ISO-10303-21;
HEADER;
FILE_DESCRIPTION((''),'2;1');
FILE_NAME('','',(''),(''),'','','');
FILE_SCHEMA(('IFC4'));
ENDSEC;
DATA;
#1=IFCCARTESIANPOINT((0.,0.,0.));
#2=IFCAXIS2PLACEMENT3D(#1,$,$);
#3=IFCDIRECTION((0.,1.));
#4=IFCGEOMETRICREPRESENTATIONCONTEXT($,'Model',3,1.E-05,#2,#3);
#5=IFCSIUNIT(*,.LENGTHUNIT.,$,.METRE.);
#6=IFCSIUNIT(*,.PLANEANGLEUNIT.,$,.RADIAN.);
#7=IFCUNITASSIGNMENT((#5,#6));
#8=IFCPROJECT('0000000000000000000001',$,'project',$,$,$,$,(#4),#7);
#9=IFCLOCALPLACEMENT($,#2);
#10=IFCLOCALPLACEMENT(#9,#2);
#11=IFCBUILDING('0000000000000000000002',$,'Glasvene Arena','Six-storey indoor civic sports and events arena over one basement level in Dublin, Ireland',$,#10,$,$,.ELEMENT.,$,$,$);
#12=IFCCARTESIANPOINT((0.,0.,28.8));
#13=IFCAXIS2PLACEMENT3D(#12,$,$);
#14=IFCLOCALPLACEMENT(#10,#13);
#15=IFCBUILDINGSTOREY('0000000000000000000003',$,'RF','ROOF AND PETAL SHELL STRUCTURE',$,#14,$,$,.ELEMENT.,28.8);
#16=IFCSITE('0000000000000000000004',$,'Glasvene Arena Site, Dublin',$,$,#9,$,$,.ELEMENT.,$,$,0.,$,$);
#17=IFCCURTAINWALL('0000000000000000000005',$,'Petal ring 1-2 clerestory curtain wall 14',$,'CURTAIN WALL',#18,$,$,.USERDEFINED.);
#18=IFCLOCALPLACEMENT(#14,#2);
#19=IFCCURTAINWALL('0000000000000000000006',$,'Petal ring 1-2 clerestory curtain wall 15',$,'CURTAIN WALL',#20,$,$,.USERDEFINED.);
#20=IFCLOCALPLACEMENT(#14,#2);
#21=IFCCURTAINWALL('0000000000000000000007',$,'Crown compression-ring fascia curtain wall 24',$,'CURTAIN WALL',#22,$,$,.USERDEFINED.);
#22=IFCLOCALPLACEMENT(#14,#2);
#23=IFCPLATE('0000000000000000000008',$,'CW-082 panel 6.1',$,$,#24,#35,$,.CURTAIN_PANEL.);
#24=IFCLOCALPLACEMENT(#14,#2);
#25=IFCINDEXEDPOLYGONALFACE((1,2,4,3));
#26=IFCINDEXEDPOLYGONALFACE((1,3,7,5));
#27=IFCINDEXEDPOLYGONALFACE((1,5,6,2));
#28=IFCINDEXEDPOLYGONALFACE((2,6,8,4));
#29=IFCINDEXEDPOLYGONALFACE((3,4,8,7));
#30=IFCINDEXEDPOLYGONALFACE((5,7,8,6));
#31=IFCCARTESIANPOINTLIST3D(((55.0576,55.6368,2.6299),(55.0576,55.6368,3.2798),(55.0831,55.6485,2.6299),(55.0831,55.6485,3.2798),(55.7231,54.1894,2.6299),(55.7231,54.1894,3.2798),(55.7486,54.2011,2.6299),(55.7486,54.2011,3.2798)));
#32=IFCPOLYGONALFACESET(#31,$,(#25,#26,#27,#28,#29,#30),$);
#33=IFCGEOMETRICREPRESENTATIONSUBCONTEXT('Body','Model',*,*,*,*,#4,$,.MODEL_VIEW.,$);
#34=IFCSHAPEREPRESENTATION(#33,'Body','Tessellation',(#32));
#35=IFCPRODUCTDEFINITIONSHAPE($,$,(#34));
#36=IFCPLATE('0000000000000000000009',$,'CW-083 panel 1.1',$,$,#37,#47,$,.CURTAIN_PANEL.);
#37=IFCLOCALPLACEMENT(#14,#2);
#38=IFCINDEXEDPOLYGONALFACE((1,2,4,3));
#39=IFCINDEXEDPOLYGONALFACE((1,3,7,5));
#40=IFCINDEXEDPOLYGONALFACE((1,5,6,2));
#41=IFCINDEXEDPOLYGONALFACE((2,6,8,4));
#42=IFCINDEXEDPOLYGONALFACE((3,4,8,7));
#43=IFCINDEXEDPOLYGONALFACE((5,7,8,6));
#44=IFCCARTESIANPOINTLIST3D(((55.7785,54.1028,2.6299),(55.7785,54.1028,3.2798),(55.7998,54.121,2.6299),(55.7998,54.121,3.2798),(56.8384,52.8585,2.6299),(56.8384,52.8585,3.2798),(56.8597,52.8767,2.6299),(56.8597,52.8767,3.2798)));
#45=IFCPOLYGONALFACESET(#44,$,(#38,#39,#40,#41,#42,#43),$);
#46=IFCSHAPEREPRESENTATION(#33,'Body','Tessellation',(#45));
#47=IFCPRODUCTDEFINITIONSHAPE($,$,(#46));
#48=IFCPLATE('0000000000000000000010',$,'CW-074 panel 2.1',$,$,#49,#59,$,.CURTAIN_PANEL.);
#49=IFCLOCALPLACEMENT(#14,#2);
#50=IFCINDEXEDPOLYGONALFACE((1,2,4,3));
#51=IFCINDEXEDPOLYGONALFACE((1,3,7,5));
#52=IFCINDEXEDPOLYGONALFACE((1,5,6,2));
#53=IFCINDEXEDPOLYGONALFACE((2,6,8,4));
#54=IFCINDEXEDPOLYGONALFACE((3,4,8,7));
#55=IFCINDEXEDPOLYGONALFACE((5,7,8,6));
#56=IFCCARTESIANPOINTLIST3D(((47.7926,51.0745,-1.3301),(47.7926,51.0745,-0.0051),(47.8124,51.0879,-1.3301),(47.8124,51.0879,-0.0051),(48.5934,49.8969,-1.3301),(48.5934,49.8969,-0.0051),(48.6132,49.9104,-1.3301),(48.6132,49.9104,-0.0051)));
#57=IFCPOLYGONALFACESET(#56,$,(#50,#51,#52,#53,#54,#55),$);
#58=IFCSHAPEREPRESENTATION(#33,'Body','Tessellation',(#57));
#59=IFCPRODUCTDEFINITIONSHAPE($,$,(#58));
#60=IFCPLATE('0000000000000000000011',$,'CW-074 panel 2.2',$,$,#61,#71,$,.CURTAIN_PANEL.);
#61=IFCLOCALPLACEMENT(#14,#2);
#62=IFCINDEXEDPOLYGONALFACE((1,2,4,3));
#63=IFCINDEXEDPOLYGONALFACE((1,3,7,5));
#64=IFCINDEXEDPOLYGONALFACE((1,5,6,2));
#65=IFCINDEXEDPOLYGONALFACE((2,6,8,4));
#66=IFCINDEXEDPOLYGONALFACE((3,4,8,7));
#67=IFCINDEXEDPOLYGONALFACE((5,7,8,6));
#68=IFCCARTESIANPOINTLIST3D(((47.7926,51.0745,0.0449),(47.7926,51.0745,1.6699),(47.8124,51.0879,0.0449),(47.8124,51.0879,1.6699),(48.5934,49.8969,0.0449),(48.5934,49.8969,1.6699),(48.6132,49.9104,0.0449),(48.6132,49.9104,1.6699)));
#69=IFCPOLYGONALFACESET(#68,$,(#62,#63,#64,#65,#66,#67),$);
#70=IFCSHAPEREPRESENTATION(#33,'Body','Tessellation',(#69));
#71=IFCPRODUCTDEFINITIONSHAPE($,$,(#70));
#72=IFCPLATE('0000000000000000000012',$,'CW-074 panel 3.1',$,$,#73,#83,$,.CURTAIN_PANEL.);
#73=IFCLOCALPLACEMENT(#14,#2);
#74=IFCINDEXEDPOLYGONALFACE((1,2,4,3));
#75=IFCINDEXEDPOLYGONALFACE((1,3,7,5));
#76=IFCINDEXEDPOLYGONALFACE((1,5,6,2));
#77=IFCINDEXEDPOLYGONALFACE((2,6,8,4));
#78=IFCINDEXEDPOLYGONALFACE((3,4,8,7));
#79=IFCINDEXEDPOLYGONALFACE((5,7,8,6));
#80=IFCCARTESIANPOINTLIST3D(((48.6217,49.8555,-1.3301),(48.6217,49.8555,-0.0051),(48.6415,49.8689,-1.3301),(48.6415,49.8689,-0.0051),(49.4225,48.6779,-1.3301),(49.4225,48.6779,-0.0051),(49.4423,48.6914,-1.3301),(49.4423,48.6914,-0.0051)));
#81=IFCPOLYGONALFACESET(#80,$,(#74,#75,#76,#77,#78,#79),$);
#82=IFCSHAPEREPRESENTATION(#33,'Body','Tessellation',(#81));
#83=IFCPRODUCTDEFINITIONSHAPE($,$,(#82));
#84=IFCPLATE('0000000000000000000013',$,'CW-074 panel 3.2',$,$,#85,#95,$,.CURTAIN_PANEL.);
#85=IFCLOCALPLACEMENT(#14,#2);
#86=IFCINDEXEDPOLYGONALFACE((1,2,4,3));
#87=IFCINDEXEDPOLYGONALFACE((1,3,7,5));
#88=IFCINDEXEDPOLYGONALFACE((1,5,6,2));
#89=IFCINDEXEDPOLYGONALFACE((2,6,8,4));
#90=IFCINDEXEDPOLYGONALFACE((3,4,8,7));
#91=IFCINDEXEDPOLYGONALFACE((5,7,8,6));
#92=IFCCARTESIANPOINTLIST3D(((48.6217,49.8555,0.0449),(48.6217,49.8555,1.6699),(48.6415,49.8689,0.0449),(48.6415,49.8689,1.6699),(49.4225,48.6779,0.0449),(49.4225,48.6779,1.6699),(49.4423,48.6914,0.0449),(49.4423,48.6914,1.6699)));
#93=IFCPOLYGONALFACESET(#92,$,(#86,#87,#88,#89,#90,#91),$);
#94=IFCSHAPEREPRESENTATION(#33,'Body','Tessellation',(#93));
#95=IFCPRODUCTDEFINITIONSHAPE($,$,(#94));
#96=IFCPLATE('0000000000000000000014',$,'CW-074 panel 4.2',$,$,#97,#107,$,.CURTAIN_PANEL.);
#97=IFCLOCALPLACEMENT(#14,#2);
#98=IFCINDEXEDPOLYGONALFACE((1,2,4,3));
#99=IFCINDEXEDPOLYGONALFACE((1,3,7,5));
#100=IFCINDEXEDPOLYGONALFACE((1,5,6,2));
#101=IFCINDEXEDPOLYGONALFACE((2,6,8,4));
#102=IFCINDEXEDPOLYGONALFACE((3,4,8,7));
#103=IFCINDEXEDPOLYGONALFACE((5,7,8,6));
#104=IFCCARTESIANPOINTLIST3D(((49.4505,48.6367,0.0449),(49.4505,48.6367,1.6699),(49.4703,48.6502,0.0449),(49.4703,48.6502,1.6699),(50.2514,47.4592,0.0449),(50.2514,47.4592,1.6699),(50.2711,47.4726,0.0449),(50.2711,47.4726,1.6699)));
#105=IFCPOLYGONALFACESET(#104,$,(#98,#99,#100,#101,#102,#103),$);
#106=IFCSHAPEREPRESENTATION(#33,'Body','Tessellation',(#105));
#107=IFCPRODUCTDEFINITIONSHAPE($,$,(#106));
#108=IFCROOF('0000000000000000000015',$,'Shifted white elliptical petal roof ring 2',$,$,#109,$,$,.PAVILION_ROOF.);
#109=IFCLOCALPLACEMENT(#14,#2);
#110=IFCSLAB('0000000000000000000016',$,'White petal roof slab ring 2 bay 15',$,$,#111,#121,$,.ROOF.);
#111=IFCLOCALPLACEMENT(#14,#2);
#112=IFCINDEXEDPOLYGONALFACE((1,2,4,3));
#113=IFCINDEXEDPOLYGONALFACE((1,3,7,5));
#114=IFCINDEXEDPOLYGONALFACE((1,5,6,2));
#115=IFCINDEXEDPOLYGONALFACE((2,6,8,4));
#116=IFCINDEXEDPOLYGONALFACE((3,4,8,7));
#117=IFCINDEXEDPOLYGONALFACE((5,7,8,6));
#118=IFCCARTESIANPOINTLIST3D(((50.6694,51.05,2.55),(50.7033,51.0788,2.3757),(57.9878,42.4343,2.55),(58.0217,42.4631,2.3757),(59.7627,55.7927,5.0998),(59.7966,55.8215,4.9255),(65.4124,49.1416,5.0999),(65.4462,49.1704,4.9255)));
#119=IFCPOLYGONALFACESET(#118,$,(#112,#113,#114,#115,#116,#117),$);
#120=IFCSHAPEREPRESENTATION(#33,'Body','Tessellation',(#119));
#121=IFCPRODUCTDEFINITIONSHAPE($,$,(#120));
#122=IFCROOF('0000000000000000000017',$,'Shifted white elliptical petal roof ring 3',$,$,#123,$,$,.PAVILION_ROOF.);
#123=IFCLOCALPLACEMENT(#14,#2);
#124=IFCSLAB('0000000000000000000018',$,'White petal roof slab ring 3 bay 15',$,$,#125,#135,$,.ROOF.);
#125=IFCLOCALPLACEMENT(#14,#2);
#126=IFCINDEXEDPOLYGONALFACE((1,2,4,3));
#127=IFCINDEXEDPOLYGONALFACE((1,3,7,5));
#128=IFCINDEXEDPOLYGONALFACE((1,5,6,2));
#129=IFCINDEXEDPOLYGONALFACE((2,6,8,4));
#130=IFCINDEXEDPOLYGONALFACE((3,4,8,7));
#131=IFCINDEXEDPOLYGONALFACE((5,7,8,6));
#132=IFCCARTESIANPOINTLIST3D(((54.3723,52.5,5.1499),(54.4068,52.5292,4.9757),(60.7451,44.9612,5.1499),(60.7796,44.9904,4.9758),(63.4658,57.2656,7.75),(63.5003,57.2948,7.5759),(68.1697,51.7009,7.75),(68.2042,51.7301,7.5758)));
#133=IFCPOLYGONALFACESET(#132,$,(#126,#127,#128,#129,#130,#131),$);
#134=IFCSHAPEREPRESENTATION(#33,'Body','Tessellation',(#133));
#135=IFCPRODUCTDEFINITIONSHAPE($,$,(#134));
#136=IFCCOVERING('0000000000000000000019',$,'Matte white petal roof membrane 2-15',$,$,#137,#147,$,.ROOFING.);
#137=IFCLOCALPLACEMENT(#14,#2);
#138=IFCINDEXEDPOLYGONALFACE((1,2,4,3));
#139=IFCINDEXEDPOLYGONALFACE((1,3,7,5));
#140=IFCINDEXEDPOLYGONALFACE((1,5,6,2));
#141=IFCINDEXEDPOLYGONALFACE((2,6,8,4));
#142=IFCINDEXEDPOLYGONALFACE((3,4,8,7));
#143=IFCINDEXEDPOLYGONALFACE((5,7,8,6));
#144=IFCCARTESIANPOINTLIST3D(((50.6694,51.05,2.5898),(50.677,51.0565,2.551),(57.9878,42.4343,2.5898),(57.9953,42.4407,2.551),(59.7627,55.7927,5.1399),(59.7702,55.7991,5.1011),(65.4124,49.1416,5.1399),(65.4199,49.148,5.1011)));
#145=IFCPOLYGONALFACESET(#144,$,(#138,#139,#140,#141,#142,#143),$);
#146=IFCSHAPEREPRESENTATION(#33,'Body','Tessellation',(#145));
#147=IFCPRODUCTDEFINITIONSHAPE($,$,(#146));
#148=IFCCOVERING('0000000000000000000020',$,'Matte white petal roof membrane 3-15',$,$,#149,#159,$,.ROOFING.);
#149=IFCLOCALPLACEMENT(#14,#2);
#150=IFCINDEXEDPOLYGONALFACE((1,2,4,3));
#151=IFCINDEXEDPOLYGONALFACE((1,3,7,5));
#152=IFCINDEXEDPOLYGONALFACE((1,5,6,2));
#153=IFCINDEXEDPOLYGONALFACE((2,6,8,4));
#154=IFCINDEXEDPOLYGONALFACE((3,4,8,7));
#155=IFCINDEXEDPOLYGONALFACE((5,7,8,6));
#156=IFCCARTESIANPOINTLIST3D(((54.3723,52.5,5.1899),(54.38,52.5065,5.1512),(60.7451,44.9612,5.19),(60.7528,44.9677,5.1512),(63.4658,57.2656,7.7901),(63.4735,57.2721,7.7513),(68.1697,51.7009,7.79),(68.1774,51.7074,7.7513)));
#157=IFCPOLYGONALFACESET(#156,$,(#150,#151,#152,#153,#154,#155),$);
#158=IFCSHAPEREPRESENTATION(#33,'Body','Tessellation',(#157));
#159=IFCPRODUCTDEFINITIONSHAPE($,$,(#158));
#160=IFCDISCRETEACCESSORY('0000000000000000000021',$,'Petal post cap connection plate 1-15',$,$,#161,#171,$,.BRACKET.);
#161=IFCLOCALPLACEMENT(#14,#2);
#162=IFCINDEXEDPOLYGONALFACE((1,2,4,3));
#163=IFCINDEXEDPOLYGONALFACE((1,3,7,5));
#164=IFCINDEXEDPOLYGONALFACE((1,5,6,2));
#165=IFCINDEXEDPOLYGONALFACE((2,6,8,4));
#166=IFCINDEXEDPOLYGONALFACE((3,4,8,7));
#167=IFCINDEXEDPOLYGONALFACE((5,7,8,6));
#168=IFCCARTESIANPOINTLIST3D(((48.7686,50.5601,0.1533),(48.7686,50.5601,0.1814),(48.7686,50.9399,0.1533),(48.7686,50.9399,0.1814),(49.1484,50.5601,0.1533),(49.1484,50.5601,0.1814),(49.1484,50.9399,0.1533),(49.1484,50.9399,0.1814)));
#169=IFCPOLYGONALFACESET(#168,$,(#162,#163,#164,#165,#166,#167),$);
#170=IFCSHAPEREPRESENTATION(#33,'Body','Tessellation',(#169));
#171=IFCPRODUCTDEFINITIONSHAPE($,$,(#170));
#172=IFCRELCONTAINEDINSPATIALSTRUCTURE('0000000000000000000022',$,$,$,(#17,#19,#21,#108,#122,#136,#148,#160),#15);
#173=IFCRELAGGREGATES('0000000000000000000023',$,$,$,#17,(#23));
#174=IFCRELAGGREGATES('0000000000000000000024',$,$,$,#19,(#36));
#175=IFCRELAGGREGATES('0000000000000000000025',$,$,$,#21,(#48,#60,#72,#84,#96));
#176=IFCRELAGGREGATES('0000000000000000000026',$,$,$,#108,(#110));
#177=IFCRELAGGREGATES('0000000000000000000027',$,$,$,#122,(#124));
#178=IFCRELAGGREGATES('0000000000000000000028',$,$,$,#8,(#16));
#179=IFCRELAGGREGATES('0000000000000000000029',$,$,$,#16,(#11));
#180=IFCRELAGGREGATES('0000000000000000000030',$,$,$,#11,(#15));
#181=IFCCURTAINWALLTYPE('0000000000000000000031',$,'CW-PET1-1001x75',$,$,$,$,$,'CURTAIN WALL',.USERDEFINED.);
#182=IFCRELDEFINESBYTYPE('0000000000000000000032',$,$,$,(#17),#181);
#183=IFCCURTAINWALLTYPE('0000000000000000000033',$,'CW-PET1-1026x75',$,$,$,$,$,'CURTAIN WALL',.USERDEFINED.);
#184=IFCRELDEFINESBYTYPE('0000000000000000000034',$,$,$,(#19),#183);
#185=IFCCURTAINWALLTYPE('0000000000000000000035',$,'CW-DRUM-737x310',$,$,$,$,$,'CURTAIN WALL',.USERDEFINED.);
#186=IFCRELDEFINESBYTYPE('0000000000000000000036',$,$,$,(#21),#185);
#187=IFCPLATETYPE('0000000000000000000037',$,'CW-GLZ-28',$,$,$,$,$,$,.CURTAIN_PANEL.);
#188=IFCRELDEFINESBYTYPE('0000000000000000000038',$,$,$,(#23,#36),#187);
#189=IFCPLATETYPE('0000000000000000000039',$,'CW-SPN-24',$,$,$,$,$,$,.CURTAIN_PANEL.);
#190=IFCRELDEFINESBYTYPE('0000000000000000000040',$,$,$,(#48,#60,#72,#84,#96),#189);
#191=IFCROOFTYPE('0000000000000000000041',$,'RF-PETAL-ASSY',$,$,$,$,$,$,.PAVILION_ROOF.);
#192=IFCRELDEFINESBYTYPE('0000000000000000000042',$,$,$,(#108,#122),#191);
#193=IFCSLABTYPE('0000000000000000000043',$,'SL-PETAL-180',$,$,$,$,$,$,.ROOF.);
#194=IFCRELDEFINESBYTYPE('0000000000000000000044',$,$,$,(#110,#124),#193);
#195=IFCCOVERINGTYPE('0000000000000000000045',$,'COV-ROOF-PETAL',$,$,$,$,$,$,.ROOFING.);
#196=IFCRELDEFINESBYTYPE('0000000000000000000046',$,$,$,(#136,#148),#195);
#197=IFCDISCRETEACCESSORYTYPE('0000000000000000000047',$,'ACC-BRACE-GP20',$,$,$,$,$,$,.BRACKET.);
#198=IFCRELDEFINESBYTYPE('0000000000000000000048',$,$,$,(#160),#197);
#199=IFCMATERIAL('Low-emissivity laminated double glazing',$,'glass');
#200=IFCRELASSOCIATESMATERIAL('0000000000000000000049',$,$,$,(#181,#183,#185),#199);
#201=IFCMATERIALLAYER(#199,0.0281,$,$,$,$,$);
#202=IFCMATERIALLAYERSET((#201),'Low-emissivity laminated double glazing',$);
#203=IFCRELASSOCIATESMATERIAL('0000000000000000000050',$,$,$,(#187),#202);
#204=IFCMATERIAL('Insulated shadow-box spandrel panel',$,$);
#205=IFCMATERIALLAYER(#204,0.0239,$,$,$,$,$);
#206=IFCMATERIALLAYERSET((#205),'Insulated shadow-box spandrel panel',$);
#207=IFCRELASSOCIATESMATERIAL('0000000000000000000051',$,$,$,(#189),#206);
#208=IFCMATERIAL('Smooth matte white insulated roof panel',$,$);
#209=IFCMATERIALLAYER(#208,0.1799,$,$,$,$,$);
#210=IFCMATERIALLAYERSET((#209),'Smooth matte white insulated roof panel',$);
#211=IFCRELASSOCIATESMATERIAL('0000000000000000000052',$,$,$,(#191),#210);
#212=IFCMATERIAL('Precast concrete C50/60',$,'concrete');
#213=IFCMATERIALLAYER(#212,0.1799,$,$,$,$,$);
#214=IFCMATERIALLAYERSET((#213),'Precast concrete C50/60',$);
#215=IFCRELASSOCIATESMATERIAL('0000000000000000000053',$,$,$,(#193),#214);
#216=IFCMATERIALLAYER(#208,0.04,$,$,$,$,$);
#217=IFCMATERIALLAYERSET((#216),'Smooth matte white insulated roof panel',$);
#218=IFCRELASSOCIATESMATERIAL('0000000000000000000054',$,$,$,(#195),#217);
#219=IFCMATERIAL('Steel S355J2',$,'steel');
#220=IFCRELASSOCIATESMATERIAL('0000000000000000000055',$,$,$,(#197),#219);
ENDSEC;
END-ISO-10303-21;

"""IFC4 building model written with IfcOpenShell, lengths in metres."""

from ifc_helpers import new_model, si_unit, direction, frame, origin, origin_2d, place, context, subcontext, project, spatial, polyline, rectangle, outline, extrude, material, layer, layer_set, type_object, element, aggregate, save


model = new_model("IFC4")

# Units and contexts
model_context = context("Model", 3, precision=1e-05, world=origin(), true_north=direction((0.0, 1.0)))
body_context = subcontext(model_context, "Body", "Model", "MODEL_VIEW")
ifc_project = project(units=[si_unit("LENGTHUNIT", "METRE"), si_unit("PLANEANGLEUNIT", "RADIAN")], contexts=[model_context])

# Site, building, storey
site_placement = place(None, origin())
site = spatial("IfcSite", under=ifc_project, at=site_placement, Name="Glasvene Arena Site, Dublin", CompositionType="ELEMENT", RefElevation=0.0)
building_placement = place(site_placement, origin())
building = spatial("IfcBuilding", under=site, at=building_placement, Name="Glasvene Arena", Description="Six-storey indoor civic sports and events arena over one basement level in Dublin, Ireland", CompositionType="ELEMENT")
storey_placement = place(building_placement, frame((0.0, 0.0, 28.8)))
storey = spatial("IfcBuildingStorey", under=building, at=storey_placement, Name="RF", Description="ROOF AND PETAL SHELL STRUCTURE", CompositionType="ELEMENT", Elevation=28.8)

# Curtain wall
ifc_material_1 = material(Name="Low-emissivity laminated double glazing", Category="glass")
curtain_wall_type_1 = type_object("IfcCurtainWallType", Name="CW-PET1-1001x75", ElementType="CURTAIN WALL", PredefinedType="USERDEFINED", material=ifc_material_1)
curtain_wall_1_placement = place(storey_placement, frame((51.5759, 63.2424, 0.0)))
curtain_wall_1 = element("IfcCurtainWall", 1, at=curtain_wall_1_placement, inside=storey, type_object=curtain_wall_type_1, Name="Petal ring 1-2 clerestory curtain wall 14", ObjectType="CURTAIN WALL", PredefinedType="USERDEFINED")

# Curtain wall
curtain_wall_type_2 = type_object("IfcCurtainWallType", Name="CW-PET1-1026x75", ElementType="CURTAIN WALL", PredefinedType="USERDEFINED", material=ifc_material_1)
curtain_wall_2_placement = place(storey_placement, frame((55.7568, 54.1499, 0.0)))
curtain_wall_2 = element("IfcCurtainWall", 2, at=curtain_wall_2_placement, inside=storey, type_object=curtain_wall_type_2, Name="Petal ring 1-2 clerestory curtain wall 15", ObjectType="CURTAIN WALL", PredefinedType="USERDEFINED")

# Curtain wall
curtain_wall_type_3 = type_object("IfcCurtainWallType", Name="CW-DRUM-737x310", ElementType="CURTAIN WALL", PredefinedType="USERDEFINED", material=ifc_material_1)
curtain_wall_3_placement = place(storey_placement, frame((46.9597, 52.3208, 0.0)))
curtain_wall_3 = element("IfcCurtainWall", 3, at=curtain_wall_3_placement, inside=storey, type_object=curtain_wall_type_3, Name="Crown compression-ring fascia curtain wall 24", ObjectType="CURTAIN WALL", PredefinedType="USERDEFINED")

# Shared definitions
ifc_material_2 = material(Name="Steel S355J2", Category="steel")

# Plates
ifc_layer_1 = layer(ifc_material_1, 0.0281)
ifc_layer_set_1 = layer_set([ifc_layer_1], Name="Low-emissivity laminated double glazing")
plate_type_1 = type_object("IfcPlateType", Name="CW-GLZ-28", PredefinedType="CURTAIN_PANEL", material=ifc_layer_set_1)
plate_1_placement = place(storey_placement, frame((55.4031, 54.9189, 2.6299), z_axis=(0.0, 0.0, 1.0), x_axis=(0.417761, -0.908557, 0.0)))
plate_1 = element("IfcPlate", 4, at=plate_1_placement, type_object=plate_type_1, Name="CW-082 panel 6.1", PredefinedType="CURTAIN_PANEL", context=body_context, shape_type="SweptSolid", body=[
    extrude(rectangle(XDim=1.593, YDim=0.0281, at=origin_2d()), origin(), (0.0, 0.0, 1.0), 0.6499),
])
aggregate(curtain_wall_1, [plate_1])
plate_2_placement = place(storey_placement, frame((56.3191, 53.4897, 2.6299), z_axis=(0.0, 0.0, 1.0), x_axis=(0.648445, -0.761261, 0.0)))
plate_2 = element("IfcPlate", 5, at=plate_2_placement, type_object=plate_type_1, Name="CW-083 panel 1.1", PredefinedType="CURTAIN_PANEL", context=body_context, shape_type="SweptSolid", body=[
    extrude(rectangle(XDim=1.6345, YDim=0.0281, at=origin_2d()), origin(), (0.0, 0.0, 1.0), 0.6499),
])
aggregate(curtain_wall_2, [plate_2])
ifc_material_3 = material(Name="Insulated shadow-box spandrel panel")
ifc_layer_2 = layer(ifc_material_3, 0.0239)
ifc_layer_set_2 = layer_set([ifc_layer_2], Name="Insulated shadow-box spandrel panel")
plate_type_2 = type_object("IfcPlateType", Name="CW-SPN-24", PredefinedType="CURTAIN_PANEL", material=ifc_layer_set_2)
plate_3_placement = place(storey_placement, frame((48.2029, 50.4924, -1.3301), z_axis=(0.0, 0.0, 1.0), x_axis=(0.562354, -0.826896, 0.0)))
plate_3 = element("IfcPlate", 6, at=plate_3_placement, type_object=plate_type_2, Name="CW-074 panel 2.1", PredefinedType="CURTAIN_PANEL", context=body_context, shape_type="SweptSolid", body=[
    extrude(rectangle(XDim=1.4241, YDim=0.0239, at=origin_2d()), origin(), (0.0, 0.0, 1.0), 1.325),
])
plate_4_placement = place(storey_placement, frame((48.2029, 50.4924, 0.0449), z_axis=(0.0, 0.0, 1.0), x_axis=(0.562354, -0.826896, 0.0)))
plate_4 = element("IfcPlate", 7, at=plate_4_placement, type_object=plate_type_2, Name="CW-074 panel 2.2", PredefinedType="CURTAIN_PANEL", context=body_context, shape_type="SweptSolid", body=[
    extrude(rectangle(XDim=1.4241, YDim=0.0239, at=origin_2d()), origin(), (0.0, 0.0, 1.0), 1.625),
])
plate_5_placement = place(storey_placement, frame((49.032, 49.2734, -1.3301), z_axis=(0.0, 0.0, 1.0), x_axis=(0.562354, -0.826896, 0.0)))
plate_5 = element("IfcPlate", 8, at=plate_5_placement, type_object=plate_type_2, Name="CW-074 panel 3.1", PredefinedType="CURTAIN_PANEL", context=body_context, shape_type="SweptSolid", body=[
    extrude(rectangle(XDim=1.4241, YDim=0.0239, at=origin_2d()), origin(), (0.0, 0.0, 1.0), 1.325),
])
plate_6_placement = place(storey_placement, frame((49.032, 49.2734, 0.0449), z_axis=(0.0, 0.0, 1.0), x_axis=(0.562354, -0.826896, 0.0)))
plate_6 = element("IfcPlate", 9, at=plate_6_placement, type_object=plate_type_2, Name="CW-074 panel 3.2", PredefinedType="CURTAIN_PANEL", context=body_context, shape_type="SweptSolid", body=[
    extrude(rectangle(XDim=1.4241, YDim=0.0239, at=origin_2d()), origin(), (0.0, 0.0, 1.0), 1.625),
])
plate_7_placement = place(storey_placement, frame((49.8608, 48.0547, 0.0449), z_axis=(0.0, 0.0, 1.0), x_axis=(0.562354, -0.826896, 0.0)))
plate_7 = element("IfcPlate", 10, at=plate_7_placement, type_object=plate_type_2, Name="CW-074 panel 4.2", PredefinedType="CURTAIN_PANEL", context=body_context, shape_type="SweptSolid", body=[
    extrude(rectangle(XDim=1.4241, YDim=0.0239, at=origin_2d()), origin(), (0.0, 0.0, 1.0), 1.625),
])
aggregate(curtain_wall_3, [plate_3, plate_4, plate_5, plate_6, plate_7])

# Roofs, slabs
ifc_material_4 = material(Name="Smooth matte white insulated roof panel")
ifc_layer_3 = layer(ifc_material_4, 0.1799)
ifc_layer_set_3 = layer_set([ifc_layer_3], Name="Smooth matte white insulated roof panel")
roof_type = type_object("IfcRoofType", Name="RF-PETAL-ASSY", PredefinedType="PAVILION_ROOF", material=ifc_layer_set_3)
roof_1_placement = place(storey_placement, frame((90.55, 71.8501, 2.55)))
roof_1 = element("IfcRoof", 11, at=roof_1_placement, inside=storey, type_object=roof_type, Name="Shifted white elliptical petal roof ring 2", PredefinedType="PAVILION_ROOF")
ifc_material_5 = material(Name="Precast concrete C50/60", Category="concrete")
ifc_layer_4 = layer(ifc_material_5, 0.1799)
ifc_layer_set_4 = layer_set([ifc_layer_4], Name="Precast concrete C50/60")
slab_type = type_object("IfcSlabType", Name="SL-PETAL-180", PredefinedType="ROOF", material=ifc_layer_set_4)
slab_1_placement = place(storey_placement, frame((50.6694, 51.05, 2.55), z_axis=(-0.188294, -0.159941, 0.969002), x_axis=(0.647391, -0.762158, -0.000001)))
slab_1 = element("IfcSlab", 12, at=slab_1_placement, type_object=slab_type, Name="White petal roof slab ring 2 bay 15", PredefinedType="ROOF", context=body_context, shape_type="SweptSolid", body=[
    extrude(outline(polyline([(0.0, 0.0), (11.3044, 0.0), (10.999, 10.3208), (2.2722, 10.3208), (0.0, 0.0)])), origin(), (0.0, 0.0, -1.0), 0.1799),
])
aggregate(roof_1, [slab_1])
roof_2_placement = place(storey_placement, frame((89.1001, 70.7, 5.1499)))
roof_2 = element("IfcRoof", 13, at=roof_2_placement, inside=storey, type_object=roof_type, Name="Shifted white elliptical petal roof ring 3", PredefinedType="PAVILION_ROOF")
slab_2_placement = place(storey_placement, frame((54.3723, 52.5, 5.1499), z_axis=(-0.191799, -0.162131, 0.96795), x_axis=(0.645576, -0.763696, 0.000002)))
slab_2 = element("IfcSlab", 14, at=slab_2_placement, type_object=slab_type, Name="White petal roof slab ring 3 bay 15", PredefinedType="ROOF", context=body_context, shape_type="SweptSolid", body=[
    extrude(outline(polyline([(0.0, 0.0), (9.8715, 0.0), (9.5175, 10.3529), (2.2311, 10.3531), (0.0, 0.0)])), origin(), (0.0, 0.0, -1.0), 0.1799),
])
aggregate(roof_2, [slab_2])

# Coverings
ifc_layer_5 = layer(ifc_material_4, 0.04)
ifc_layer_set_5 = layer_set([ifc_layer_5], Name="Smooth matte white insulated roof panel")
covering_type = type_object("IfcCoveringType", Name="COV-ROOF-PETAL", PredefinedType="ROOFING", material=ifc_layer_set_5)
covering_1_placement = place(storey_placement, frame((50.6694, 51.05, 2.5898), z_axis=(-0.188311, -0.159956, 0.968996), x_axis=(0.647391, -0.762158, -0.000001)))
element("IfcCovering", 15, at=covering_1_placement, inside=storey, type_object=covering_type, Name="Matte white petal roof membrane 2-15", PredefinedType="ROOFING", context=body_context, shape_type="SweptSolid", body=[
    extrude(outline(polyline([(0.0, 0.0), (11.3044, 0.0), (10.999, 10.3209), (2.2722, 10.3209), (0.0, 0.0)])), origin(), (0.0, 0.0, -1.0), 0.04),
])
covering_2_placement = place(storey_placement, frame((54.3723, 52.5, 5.1899), z_axis=(-0.191799, -0.162131, 0.96795), x_axis=(0.645576, -0.763696, 0.000002)))
element("IfcCovering", 16, at=covering_2_placement, inside=storey, type_object=covering_type, Name="Matte white petal roof membrane 3-15", PredefinedType="ROOFING", context=body_context, shape_type="SweptSolid", body=[
    extrude(outline(polyline([(0.0, 0.0), (9.8715, 0.0), (9.5175, 10.3529), (2.2311, 10.3531), (0.0, 0.0)])), origin(), (0.0, 0.0, -1.0), 0.04),
])

# Discrete accessory
discrete_accessory_type = type_object("IfcDiscreteAccessoryType", Name="ACC-BRACE-GP20", PredefinedType="BRACKET", material=ifc_material_2)
discrete_accessory_placement = place(storey_placement, frame((48.9585, 50.75, 0.1533), z_axis=(0.0, 0.0, 1.0), x_axis=(1.0, 0.0, 0.0)))
element("IfcDiscreteAccessory", 17, at=discrete_accessory_placement, inside=storey, type_object=discrete_accessory_type, Name="Petal post cap connection plate 1-15", PredefinedType="BRACKET", context=body_context, shape_type="SweptSolid", body=[
    extrude(rectangle(XDim=0.3799, YDim=0.3799, at=origin_2d()), origin(), (0.0, 0.0, 1.0), 0.0281),
])

save(model, "model.ifc")
